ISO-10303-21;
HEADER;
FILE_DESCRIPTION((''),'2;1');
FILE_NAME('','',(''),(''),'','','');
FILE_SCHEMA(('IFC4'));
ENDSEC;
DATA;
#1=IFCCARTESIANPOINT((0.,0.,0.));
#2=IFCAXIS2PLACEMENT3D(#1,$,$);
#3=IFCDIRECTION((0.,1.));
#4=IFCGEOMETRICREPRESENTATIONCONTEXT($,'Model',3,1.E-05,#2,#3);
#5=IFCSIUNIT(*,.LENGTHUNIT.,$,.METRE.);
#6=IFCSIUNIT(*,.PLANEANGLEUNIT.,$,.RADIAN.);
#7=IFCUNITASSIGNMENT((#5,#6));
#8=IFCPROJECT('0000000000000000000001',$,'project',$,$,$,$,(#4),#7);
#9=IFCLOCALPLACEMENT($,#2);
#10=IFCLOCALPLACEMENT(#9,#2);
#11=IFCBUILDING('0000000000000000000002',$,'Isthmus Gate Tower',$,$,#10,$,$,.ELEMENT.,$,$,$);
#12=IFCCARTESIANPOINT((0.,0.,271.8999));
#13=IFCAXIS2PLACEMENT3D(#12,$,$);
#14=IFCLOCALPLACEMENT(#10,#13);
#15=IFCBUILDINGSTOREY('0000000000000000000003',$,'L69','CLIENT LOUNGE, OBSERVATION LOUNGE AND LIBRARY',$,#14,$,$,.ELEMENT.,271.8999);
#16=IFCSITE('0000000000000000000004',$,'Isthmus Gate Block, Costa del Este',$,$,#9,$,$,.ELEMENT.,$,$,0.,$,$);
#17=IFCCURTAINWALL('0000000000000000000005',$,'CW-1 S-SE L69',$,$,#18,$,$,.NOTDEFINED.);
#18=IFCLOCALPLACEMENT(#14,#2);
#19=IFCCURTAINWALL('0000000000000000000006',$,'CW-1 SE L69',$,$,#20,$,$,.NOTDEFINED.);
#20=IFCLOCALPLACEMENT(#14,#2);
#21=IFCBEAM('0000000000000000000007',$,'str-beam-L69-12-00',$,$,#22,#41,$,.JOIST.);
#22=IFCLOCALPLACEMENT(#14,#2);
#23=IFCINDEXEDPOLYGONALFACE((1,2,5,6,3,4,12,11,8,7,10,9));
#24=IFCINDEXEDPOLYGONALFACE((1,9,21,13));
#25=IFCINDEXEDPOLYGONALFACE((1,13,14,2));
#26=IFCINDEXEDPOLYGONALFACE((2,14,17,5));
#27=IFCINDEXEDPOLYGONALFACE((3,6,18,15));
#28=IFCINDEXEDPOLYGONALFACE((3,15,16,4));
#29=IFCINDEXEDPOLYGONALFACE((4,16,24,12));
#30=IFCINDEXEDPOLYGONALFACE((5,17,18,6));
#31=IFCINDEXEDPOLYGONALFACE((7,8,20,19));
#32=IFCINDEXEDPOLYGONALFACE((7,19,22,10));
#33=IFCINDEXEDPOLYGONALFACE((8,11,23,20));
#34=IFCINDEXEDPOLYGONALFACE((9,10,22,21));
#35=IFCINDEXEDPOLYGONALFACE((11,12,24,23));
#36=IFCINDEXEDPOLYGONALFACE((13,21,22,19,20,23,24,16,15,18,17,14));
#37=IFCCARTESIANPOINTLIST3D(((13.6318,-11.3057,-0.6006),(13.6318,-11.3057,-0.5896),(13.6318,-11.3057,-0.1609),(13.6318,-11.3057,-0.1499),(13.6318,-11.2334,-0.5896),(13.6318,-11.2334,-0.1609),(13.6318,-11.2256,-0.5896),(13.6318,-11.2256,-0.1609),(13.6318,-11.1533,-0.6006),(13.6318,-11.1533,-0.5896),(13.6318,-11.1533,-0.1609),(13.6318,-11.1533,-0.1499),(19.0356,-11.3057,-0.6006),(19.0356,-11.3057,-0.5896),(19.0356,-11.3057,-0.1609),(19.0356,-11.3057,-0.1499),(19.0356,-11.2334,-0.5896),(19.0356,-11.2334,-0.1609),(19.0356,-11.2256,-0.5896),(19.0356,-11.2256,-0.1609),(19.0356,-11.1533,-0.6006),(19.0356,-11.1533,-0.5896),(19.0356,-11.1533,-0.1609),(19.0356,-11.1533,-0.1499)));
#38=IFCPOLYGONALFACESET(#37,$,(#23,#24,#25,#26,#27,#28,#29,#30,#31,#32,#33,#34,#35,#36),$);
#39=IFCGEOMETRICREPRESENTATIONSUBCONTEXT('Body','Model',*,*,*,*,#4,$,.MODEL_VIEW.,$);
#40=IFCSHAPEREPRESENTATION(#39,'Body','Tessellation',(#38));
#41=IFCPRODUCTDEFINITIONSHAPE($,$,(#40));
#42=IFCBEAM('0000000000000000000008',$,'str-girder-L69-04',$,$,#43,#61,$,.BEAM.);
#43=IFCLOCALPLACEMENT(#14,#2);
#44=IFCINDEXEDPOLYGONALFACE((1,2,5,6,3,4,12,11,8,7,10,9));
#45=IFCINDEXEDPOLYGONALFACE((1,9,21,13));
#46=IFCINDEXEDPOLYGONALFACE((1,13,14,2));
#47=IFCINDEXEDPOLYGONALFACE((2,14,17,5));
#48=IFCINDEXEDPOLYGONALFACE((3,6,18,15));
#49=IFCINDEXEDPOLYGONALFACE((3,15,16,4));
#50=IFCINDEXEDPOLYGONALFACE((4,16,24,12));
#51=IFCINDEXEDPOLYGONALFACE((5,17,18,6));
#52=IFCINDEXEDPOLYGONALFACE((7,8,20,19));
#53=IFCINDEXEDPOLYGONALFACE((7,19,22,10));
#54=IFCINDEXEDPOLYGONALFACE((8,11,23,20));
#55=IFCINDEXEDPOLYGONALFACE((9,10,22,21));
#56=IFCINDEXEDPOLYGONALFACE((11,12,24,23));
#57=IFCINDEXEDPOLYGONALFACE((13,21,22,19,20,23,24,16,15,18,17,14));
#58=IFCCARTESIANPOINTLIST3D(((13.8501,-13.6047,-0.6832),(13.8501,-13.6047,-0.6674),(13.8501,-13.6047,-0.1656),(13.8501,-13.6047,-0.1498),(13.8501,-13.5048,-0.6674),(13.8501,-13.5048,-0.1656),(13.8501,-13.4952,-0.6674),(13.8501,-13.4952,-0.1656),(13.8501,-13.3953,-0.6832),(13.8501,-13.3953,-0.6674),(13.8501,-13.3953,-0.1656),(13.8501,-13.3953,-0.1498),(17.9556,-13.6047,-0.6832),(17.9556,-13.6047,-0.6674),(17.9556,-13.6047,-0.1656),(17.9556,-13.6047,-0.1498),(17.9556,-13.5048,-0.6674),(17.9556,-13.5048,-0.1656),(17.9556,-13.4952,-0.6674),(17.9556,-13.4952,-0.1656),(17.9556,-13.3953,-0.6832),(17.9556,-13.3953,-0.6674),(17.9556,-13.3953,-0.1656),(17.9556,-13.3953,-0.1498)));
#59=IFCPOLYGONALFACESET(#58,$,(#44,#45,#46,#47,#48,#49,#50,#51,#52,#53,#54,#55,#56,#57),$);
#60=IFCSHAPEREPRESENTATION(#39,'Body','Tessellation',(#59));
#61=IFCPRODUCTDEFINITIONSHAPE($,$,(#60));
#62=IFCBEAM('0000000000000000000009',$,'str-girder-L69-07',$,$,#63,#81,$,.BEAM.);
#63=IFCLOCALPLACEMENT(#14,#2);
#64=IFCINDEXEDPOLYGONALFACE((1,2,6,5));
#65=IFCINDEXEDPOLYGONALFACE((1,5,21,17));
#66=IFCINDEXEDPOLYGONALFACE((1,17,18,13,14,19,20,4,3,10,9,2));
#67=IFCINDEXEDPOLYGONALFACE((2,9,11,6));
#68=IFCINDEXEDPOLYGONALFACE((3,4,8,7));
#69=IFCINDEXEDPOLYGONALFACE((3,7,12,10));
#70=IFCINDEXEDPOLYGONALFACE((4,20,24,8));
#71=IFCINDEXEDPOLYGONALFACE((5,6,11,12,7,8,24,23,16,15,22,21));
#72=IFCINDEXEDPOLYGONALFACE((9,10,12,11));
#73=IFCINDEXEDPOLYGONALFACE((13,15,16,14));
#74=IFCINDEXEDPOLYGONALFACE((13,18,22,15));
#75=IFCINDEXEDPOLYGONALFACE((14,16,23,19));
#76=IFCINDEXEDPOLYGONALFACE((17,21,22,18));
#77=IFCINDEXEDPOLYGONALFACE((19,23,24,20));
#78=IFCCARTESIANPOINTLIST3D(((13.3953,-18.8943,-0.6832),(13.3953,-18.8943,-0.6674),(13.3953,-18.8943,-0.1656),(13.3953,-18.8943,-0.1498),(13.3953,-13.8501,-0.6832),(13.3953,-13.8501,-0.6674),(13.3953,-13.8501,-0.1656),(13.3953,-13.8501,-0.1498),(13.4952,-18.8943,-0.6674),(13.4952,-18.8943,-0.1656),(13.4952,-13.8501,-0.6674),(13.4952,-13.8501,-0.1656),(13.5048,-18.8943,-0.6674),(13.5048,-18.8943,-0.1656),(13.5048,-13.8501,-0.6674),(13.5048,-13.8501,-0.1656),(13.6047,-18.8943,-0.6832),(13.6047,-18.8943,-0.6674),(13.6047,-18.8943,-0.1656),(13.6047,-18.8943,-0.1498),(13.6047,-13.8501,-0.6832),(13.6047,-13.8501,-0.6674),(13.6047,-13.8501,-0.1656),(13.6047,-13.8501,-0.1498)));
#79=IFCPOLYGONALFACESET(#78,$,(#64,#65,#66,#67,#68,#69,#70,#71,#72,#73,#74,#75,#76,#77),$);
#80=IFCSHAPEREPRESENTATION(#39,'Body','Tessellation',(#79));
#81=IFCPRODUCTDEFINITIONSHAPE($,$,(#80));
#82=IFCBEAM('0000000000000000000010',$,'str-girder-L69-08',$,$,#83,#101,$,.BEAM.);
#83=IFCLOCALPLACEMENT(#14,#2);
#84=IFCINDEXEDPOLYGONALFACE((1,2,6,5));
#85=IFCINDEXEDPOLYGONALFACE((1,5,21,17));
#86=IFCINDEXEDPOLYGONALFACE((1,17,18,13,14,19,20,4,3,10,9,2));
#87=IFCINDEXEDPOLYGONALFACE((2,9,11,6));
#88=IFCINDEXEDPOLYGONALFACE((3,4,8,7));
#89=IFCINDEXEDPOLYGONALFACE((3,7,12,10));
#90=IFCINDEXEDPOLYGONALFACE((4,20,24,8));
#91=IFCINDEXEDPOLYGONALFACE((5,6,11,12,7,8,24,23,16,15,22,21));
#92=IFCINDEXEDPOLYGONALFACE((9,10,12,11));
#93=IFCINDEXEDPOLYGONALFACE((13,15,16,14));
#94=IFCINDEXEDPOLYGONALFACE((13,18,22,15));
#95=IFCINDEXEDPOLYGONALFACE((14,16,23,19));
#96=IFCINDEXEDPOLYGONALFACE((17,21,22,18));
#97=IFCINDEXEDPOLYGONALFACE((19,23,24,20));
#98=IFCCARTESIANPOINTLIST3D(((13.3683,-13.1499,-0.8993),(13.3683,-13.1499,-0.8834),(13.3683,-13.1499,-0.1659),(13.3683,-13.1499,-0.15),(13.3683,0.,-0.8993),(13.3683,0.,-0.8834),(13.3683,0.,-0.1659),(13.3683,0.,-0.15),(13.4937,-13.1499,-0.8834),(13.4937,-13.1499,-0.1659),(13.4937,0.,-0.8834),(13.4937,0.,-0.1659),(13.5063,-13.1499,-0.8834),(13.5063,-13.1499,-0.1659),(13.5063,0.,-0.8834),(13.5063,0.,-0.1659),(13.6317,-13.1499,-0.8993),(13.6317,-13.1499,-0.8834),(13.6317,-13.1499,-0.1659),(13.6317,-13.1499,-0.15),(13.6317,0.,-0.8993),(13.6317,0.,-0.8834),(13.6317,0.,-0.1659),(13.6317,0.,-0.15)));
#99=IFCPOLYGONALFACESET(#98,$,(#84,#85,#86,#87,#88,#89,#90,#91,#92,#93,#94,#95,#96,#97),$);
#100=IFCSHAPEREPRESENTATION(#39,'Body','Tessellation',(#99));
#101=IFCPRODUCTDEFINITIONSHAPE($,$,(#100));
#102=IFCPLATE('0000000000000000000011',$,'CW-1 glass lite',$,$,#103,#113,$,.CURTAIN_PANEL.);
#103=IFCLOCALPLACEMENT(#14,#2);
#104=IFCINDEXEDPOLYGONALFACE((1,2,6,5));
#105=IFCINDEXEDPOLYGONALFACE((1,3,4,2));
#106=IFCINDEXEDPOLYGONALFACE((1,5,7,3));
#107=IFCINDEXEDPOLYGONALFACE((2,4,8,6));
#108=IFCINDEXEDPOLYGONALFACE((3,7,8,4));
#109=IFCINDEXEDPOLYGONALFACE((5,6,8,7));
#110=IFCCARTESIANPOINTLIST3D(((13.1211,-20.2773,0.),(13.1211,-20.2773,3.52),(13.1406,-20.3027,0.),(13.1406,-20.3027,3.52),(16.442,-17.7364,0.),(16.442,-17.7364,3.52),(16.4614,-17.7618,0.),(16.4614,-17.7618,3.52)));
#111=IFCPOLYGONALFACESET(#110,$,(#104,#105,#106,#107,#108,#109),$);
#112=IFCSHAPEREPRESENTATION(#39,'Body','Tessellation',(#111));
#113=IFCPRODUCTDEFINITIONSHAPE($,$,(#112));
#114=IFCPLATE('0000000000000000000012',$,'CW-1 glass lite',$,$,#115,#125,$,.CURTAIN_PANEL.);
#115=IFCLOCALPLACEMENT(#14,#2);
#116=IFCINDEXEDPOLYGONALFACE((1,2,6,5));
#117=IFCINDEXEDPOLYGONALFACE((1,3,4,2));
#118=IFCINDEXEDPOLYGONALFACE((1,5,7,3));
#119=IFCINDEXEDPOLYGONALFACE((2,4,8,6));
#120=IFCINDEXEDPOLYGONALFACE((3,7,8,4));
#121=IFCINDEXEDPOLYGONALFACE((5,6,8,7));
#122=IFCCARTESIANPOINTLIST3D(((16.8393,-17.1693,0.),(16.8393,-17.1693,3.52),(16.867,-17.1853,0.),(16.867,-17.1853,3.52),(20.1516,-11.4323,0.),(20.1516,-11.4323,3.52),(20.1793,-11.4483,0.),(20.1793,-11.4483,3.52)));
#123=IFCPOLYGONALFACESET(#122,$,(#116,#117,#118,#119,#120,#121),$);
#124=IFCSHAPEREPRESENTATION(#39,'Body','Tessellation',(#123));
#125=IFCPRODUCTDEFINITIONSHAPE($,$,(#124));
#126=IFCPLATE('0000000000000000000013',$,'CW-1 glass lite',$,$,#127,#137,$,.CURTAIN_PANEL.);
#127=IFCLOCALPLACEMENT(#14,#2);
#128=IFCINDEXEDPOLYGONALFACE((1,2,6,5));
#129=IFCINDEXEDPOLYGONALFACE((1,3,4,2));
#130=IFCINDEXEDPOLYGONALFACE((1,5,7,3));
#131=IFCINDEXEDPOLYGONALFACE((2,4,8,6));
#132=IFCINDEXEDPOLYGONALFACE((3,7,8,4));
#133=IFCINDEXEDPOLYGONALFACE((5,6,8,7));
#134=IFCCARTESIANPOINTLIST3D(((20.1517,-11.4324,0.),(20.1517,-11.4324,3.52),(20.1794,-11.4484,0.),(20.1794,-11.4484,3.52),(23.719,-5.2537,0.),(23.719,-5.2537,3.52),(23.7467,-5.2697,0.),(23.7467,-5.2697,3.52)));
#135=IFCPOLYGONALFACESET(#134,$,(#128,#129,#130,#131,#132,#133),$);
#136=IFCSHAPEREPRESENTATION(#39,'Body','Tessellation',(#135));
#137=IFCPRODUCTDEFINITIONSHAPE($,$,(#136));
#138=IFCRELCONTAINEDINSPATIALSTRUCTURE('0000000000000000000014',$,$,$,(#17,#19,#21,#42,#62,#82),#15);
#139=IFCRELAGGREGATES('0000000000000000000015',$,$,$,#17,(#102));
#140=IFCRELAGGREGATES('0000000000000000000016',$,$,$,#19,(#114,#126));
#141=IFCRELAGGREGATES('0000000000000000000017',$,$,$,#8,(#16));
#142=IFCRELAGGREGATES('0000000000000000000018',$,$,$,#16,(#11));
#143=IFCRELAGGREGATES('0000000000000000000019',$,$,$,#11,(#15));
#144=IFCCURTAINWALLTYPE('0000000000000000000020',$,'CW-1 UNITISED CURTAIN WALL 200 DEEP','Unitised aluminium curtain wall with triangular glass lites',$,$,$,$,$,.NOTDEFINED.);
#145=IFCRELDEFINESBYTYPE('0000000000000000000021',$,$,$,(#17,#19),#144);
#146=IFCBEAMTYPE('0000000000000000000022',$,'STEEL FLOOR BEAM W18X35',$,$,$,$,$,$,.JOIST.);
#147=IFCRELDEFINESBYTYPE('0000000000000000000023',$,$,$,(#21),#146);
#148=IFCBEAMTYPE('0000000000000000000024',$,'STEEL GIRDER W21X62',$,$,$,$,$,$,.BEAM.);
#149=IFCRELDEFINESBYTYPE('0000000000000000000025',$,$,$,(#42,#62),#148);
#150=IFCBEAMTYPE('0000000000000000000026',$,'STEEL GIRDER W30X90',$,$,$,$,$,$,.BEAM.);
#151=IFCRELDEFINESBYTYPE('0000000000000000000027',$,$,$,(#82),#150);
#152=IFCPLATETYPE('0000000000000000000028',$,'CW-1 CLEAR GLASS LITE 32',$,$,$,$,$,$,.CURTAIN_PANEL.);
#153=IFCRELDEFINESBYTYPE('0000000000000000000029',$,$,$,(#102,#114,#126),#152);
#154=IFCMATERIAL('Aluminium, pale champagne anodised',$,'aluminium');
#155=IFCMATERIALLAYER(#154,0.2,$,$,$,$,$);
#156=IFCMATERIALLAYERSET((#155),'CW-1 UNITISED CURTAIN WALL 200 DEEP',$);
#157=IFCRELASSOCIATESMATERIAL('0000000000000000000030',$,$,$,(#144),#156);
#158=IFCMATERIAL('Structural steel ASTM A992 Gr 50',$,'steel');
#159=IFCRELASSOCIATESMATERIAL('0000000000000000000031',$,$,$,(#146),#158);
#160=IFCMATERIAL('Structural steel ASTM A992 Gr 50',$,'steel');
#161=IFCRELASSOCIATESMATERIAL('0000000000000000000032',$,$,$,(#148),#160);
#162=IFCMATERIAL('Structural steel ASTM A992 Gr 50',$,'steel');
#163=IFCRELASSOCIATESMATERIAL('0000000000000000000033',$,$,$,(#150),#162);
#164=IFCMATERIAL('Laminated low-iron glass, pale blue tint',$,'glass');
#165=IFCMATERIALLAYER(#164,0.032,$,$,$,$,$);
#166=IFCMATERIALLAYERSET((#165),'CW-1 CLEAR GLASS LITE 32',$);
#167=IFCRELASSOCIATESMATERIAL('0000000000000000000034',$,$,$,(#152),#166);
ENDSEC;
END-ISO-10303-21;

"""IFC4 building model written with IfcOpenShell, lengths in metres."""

from ifc_helpers import new_model, si_unit, direction, frame, origin, origin_2d, place, context, subcontext, project, spatial, rectangle, i_section, extrude, material, layer, layer_set, material_profile, profile_set, type_object, element, aggregate, save


model = new_model("IFC4")

# Units and contexts
model_context = context("Model", 3, precision=1e-05, world=origin(), true_north=direction((0.0, 1.0)))
body_context = subcontext(model_context, "Body", "Model", "MODEL_VIEW")
ifc_project = project(units=[si_unit("LENGTHUNIT", "METRE"), si_unit("PLANEANGLEUNIT", "RADIAN")], contexts=[model_context])

# Site, building, storey
site_placement = place(None, origin())
site = spatial("IfcSite", under=ifc_project, at=site_placement, Name="Isthmus Gate Block, Costa del Este", CompositionType="ELEMENT", RefElevation=0.0)
building_placement = place(site_placement, origin())
building = spatial("IfcBuilding", under=site, at=building_placement, Name="Isthmus Gate Tower", CompositionType="ELEMENT")
storey_placement = place(building_placement, frame((0.0, 0.0, 271.8999)))
storey = spatial("IfcBuildingStorey", under=building, at=storey_placement, Name="L69", Description="CLIENT LOUNGE, OBSERVATION LOUNGE AND LIBRARY", CompositionType="ELEMENT", Elevation=271.8999)

# Curtain walls
ifc_material_1 = material(Name="Aluminium, pale champagne anodised", Category="aluminium")
ifc_layer_1 = layer(ifc_material_1, 0.2)
ifc_layer_set_1 = layer_set([ifc_layer_1], Name="CW-1 UNITISED CURTAIN WALL 200 DEEP")
curtain_wall_type = type_object("IfcCurtainWallType", Name="CW-1 UNITISED CURTAIN WALL 200 DEEP", Description="Unitised aluminium curtain wall with triangular glass lites", PredefinedType="NOTDEFINED", material=ifc_layer_set_1)
curtain_wall_1_placement = place(storey_placement, origin())
curtain_wall_1 = element("IfcCurtainWall", 1, at=curtain_wall_1_placement, inside=storey, type_object=curtain_wall_type, Name="CW-1 S-SE L69", PredefinedType="NOTDEFINED")
curtain_wall_2_placement = place(storey_placement, origin())
curtain_wall_2 = element("IfcCurtainWall", 2, at=curtain_wall_2_placement, inside=storey, type_object=curtain_wall_type, Name="CW-1 SE L69", PredefinedType="NOTDEFINED")

# Beams
ifc_material_2 = material(Name="Structural steel ASTM A992 Gr 50", Category="steel")
ifc_material_profile_1 = material_profile(ifc_material_2, i_section(OverallWidth=0.1523, OverallDepth=0.4507, WebThickness=0.0078, FlangeThickness=0.011, at=origin_2d()), Name="W18X35")
ifc_profile_set_1 = profile_set([ifc_material_profile_1], Name="Structural steel ASTM A992 Gr 50")
beam_type_1 = type_object("IfcBeamType", Name="STEEL FLOOR BEAM W18X35", PredefinedType="JOIST", material=ifc_profile_set_1)
beam_1_placement = place(storey_placement, frame((13.6318, -11.2295, -0.3752), z_axis=(1.0, 0.0, 0.0), x_axis=(0.0, 1.0, 0.0)))
element("IfcBeam", 3, at=beam_1_placement, inside=storey, type_object=beam_type_1, Name="str-beam-L69-12-00", PredefinedType="JOIST", context=body_context, shape_type="SweptSolid", body=[
    extrude(i_section(OverallWidth=0.1523, OverallDepth=0.4507, WebThickness=0.0078, FlangeThickness=0.011, at=origin_2d()), origin(), (0.0, 0.0, 1.0), 5.4038),
])
ifc_material_3 = material(Name="Structural steel ASTM A992 Gr 50", Category="steel")
ifc_material_profile_2 = material_profile(ifc_material_3, i_section(OverallWidth=0.2095, OverallDepth=0.5334, WebThickness=0.0095, FlangeThickness=0.0159, at=origin_2d()), Name="W21X62")
ifc_profile_set_2 = profile_set([ifc_material_profile_2], Name="Structural steel ASTM A992 Gr 50")
beam_type_2 = type_object("IfcBeamType", Name="STEEL GIRDER W21X62", PredefinedType="BEAM", material=ifc_profile_set_2)
beam_2_placement = place(storey_placement, frame((13.8501, -13.5, -0.4165), z_axis=(1.0, 0.0, 0.0), x_axis=(0.0, 1.0, 0.0)))
element("IfcBeam", 4, at=beam_2_placement, inside=storey, type_object=beam_type_2, Name="str-girder-L69-04", PredefinedType="BEAM", context=body_context, shape_type="SweptSolid", body=[
    extrude(i_section(OverallWidth=0.2095, OverallDepth=0.5334, WebThickness=0.0095, FlangeThickness=0.0159, at=origin_2d()), origin(), (0.0, 0.0, 1.0), 4.1055),
])
beam_3_placement = place(storey_placement, frame((13.5, -18.8943, -0.4165), z_axis=(0.0, 1.0, 0.0), x_axis=(-1.0, 0.0, 0.0)))
element("IfcBeam", 5, at=beam_3_placement, inside=storey, type_object=beam_type_2, Name="str-girder-L69-07", PredefinedType="BEAM", context=body_context, shape_type="SweptSolid", body=[
    extrude(i_section(OverallWidth=0.2095, OverallDepth=0.5334, WebThickness=0.0095, FlangeThickness=0.0159, at=origin_2d()), origin(), (0.0, 0.0, 1.0), 5.0442),
])
ifc_material_4 = material(Name="Structural steel ASTM A992 Gr 50", Category="steel")
ifc_material_profile_3 = material_profile(ifc_material_4, i_section(OverallWidth=0.2634, OverallDepth=0.7493, WebThickness=0.0127, FlangeThickness=0.0159, at=origin_2d()), Name="W30X90")
ifc_profile_set_3 = profile_set([ifc_material_profile_3], Name="Structural steel ASTM A992 Gr 50")
beam_type_3 = type_object("IfcBeamType", Name="STEEL GIRDER W30X90", PredefinedType="BEAM", material=ifc_profile_set_3)
beam_4_placement = place(storey_placement, frame((13.5, -13.1499, -0.5247), z_axis=(0.0, 1.0, 0.0), x_axis=(-1.0, 0.0, 0.0)))
element("IfcBeam", 6, at=beam_4_placement, inside=storey, type_object=beam_type_3, Name="str-girder-L69-08", PredefinedType="BEAM", context=body_context, shape_type="SweptSolid", body=[
    extrude(i_section(OverallWidth=0.2634, OverallDepth=0.7493, WebThickness=0.0127, FlangeThickness=0.0159, at=origin_2d()), origin(), (0.0, 0.0, 1.0), 13.1499),
])

# Plates
ifc_material_5 = material(Name="Laminated low-iron glass, pale blue tint", Category="glass")
ifc_layer_2 = layer(ifc_material_5, 0.032)
ifc_layer_set_2 = layer_set([ifc_layer_2], Name="CW-1 CLEAR GLASS LITE 32")
plate_type = type_object("IfcPlateType", Name="CW-1 CLEAR GLASS LITE 32", PredefinedType="CURTAIN_PANEL", material=ifc_layer_set_2)
plate_1_placement = place(storey_placement, frame((14.7913, -19.0195, 0.0), z_axis=(0.0, 0.0, 1.0), x_axis=(0.794189, 0.607671, 0.0)))
plate_1 = element("IfcPlate", 7, at=plate_1_placement, type_object=plate_type, Name="CW-1 glass lite", PredefinedType="CURTAIN_PANEL", context=body_context, shape_type="SweptSolid", body=[
    extrude(rectangle(XDim=4.1814, YDim=0.032, at=origin_2d()), origin(), (0.0, 0.0, 1.0), 3.52),
])
aggregate(curtain_wall_1, [plate_1])
plate_2_placement = place(storey_placement, frame((18.5093, -14.3088, 0.0), z_axis=(0.0, 0.0, 1.0), x_axis=(0.5, 0.866025, 0.0)))
plate_2 = element("IfcPlate", 8, at=plate_2_placement, type_object=plate_type, Name="CW-1 glass lite", PredefinedType="CURTAIN_PANEL", context=body_context, shape_type="SweptSolid", body=[
    extrude(rectangle(XDim=6.6245, YDim=0.032, at=origin_2d()), origin(), (0.0, 0.0, 1.0), 3.52),
])
plate_3_placement = place(storey_placement, frame((21.9492, -8.3511, 0.0), z_axis=(0.0, 0.0, 1.0), x_axis=(0.5, 0.866025, 0.0)))
plate_3 = element("IfcPlate", 9, at=plate_3_placement, type_object=plate_type, Name="CW-1 glass lite", PredefinedType="CURTAIN_PANEL", context=body_context, shape_type="SweptSolid", body=[
    extrude(rectangle(XDim=7.1345, YDim=0.032, at=origin_2d()), origin(), (0.0, 0.0, 1.0), 3.52),
])
aggregate(curtain_wall_2, [plate_2, plate_3])

save(model, "model.ifc")
